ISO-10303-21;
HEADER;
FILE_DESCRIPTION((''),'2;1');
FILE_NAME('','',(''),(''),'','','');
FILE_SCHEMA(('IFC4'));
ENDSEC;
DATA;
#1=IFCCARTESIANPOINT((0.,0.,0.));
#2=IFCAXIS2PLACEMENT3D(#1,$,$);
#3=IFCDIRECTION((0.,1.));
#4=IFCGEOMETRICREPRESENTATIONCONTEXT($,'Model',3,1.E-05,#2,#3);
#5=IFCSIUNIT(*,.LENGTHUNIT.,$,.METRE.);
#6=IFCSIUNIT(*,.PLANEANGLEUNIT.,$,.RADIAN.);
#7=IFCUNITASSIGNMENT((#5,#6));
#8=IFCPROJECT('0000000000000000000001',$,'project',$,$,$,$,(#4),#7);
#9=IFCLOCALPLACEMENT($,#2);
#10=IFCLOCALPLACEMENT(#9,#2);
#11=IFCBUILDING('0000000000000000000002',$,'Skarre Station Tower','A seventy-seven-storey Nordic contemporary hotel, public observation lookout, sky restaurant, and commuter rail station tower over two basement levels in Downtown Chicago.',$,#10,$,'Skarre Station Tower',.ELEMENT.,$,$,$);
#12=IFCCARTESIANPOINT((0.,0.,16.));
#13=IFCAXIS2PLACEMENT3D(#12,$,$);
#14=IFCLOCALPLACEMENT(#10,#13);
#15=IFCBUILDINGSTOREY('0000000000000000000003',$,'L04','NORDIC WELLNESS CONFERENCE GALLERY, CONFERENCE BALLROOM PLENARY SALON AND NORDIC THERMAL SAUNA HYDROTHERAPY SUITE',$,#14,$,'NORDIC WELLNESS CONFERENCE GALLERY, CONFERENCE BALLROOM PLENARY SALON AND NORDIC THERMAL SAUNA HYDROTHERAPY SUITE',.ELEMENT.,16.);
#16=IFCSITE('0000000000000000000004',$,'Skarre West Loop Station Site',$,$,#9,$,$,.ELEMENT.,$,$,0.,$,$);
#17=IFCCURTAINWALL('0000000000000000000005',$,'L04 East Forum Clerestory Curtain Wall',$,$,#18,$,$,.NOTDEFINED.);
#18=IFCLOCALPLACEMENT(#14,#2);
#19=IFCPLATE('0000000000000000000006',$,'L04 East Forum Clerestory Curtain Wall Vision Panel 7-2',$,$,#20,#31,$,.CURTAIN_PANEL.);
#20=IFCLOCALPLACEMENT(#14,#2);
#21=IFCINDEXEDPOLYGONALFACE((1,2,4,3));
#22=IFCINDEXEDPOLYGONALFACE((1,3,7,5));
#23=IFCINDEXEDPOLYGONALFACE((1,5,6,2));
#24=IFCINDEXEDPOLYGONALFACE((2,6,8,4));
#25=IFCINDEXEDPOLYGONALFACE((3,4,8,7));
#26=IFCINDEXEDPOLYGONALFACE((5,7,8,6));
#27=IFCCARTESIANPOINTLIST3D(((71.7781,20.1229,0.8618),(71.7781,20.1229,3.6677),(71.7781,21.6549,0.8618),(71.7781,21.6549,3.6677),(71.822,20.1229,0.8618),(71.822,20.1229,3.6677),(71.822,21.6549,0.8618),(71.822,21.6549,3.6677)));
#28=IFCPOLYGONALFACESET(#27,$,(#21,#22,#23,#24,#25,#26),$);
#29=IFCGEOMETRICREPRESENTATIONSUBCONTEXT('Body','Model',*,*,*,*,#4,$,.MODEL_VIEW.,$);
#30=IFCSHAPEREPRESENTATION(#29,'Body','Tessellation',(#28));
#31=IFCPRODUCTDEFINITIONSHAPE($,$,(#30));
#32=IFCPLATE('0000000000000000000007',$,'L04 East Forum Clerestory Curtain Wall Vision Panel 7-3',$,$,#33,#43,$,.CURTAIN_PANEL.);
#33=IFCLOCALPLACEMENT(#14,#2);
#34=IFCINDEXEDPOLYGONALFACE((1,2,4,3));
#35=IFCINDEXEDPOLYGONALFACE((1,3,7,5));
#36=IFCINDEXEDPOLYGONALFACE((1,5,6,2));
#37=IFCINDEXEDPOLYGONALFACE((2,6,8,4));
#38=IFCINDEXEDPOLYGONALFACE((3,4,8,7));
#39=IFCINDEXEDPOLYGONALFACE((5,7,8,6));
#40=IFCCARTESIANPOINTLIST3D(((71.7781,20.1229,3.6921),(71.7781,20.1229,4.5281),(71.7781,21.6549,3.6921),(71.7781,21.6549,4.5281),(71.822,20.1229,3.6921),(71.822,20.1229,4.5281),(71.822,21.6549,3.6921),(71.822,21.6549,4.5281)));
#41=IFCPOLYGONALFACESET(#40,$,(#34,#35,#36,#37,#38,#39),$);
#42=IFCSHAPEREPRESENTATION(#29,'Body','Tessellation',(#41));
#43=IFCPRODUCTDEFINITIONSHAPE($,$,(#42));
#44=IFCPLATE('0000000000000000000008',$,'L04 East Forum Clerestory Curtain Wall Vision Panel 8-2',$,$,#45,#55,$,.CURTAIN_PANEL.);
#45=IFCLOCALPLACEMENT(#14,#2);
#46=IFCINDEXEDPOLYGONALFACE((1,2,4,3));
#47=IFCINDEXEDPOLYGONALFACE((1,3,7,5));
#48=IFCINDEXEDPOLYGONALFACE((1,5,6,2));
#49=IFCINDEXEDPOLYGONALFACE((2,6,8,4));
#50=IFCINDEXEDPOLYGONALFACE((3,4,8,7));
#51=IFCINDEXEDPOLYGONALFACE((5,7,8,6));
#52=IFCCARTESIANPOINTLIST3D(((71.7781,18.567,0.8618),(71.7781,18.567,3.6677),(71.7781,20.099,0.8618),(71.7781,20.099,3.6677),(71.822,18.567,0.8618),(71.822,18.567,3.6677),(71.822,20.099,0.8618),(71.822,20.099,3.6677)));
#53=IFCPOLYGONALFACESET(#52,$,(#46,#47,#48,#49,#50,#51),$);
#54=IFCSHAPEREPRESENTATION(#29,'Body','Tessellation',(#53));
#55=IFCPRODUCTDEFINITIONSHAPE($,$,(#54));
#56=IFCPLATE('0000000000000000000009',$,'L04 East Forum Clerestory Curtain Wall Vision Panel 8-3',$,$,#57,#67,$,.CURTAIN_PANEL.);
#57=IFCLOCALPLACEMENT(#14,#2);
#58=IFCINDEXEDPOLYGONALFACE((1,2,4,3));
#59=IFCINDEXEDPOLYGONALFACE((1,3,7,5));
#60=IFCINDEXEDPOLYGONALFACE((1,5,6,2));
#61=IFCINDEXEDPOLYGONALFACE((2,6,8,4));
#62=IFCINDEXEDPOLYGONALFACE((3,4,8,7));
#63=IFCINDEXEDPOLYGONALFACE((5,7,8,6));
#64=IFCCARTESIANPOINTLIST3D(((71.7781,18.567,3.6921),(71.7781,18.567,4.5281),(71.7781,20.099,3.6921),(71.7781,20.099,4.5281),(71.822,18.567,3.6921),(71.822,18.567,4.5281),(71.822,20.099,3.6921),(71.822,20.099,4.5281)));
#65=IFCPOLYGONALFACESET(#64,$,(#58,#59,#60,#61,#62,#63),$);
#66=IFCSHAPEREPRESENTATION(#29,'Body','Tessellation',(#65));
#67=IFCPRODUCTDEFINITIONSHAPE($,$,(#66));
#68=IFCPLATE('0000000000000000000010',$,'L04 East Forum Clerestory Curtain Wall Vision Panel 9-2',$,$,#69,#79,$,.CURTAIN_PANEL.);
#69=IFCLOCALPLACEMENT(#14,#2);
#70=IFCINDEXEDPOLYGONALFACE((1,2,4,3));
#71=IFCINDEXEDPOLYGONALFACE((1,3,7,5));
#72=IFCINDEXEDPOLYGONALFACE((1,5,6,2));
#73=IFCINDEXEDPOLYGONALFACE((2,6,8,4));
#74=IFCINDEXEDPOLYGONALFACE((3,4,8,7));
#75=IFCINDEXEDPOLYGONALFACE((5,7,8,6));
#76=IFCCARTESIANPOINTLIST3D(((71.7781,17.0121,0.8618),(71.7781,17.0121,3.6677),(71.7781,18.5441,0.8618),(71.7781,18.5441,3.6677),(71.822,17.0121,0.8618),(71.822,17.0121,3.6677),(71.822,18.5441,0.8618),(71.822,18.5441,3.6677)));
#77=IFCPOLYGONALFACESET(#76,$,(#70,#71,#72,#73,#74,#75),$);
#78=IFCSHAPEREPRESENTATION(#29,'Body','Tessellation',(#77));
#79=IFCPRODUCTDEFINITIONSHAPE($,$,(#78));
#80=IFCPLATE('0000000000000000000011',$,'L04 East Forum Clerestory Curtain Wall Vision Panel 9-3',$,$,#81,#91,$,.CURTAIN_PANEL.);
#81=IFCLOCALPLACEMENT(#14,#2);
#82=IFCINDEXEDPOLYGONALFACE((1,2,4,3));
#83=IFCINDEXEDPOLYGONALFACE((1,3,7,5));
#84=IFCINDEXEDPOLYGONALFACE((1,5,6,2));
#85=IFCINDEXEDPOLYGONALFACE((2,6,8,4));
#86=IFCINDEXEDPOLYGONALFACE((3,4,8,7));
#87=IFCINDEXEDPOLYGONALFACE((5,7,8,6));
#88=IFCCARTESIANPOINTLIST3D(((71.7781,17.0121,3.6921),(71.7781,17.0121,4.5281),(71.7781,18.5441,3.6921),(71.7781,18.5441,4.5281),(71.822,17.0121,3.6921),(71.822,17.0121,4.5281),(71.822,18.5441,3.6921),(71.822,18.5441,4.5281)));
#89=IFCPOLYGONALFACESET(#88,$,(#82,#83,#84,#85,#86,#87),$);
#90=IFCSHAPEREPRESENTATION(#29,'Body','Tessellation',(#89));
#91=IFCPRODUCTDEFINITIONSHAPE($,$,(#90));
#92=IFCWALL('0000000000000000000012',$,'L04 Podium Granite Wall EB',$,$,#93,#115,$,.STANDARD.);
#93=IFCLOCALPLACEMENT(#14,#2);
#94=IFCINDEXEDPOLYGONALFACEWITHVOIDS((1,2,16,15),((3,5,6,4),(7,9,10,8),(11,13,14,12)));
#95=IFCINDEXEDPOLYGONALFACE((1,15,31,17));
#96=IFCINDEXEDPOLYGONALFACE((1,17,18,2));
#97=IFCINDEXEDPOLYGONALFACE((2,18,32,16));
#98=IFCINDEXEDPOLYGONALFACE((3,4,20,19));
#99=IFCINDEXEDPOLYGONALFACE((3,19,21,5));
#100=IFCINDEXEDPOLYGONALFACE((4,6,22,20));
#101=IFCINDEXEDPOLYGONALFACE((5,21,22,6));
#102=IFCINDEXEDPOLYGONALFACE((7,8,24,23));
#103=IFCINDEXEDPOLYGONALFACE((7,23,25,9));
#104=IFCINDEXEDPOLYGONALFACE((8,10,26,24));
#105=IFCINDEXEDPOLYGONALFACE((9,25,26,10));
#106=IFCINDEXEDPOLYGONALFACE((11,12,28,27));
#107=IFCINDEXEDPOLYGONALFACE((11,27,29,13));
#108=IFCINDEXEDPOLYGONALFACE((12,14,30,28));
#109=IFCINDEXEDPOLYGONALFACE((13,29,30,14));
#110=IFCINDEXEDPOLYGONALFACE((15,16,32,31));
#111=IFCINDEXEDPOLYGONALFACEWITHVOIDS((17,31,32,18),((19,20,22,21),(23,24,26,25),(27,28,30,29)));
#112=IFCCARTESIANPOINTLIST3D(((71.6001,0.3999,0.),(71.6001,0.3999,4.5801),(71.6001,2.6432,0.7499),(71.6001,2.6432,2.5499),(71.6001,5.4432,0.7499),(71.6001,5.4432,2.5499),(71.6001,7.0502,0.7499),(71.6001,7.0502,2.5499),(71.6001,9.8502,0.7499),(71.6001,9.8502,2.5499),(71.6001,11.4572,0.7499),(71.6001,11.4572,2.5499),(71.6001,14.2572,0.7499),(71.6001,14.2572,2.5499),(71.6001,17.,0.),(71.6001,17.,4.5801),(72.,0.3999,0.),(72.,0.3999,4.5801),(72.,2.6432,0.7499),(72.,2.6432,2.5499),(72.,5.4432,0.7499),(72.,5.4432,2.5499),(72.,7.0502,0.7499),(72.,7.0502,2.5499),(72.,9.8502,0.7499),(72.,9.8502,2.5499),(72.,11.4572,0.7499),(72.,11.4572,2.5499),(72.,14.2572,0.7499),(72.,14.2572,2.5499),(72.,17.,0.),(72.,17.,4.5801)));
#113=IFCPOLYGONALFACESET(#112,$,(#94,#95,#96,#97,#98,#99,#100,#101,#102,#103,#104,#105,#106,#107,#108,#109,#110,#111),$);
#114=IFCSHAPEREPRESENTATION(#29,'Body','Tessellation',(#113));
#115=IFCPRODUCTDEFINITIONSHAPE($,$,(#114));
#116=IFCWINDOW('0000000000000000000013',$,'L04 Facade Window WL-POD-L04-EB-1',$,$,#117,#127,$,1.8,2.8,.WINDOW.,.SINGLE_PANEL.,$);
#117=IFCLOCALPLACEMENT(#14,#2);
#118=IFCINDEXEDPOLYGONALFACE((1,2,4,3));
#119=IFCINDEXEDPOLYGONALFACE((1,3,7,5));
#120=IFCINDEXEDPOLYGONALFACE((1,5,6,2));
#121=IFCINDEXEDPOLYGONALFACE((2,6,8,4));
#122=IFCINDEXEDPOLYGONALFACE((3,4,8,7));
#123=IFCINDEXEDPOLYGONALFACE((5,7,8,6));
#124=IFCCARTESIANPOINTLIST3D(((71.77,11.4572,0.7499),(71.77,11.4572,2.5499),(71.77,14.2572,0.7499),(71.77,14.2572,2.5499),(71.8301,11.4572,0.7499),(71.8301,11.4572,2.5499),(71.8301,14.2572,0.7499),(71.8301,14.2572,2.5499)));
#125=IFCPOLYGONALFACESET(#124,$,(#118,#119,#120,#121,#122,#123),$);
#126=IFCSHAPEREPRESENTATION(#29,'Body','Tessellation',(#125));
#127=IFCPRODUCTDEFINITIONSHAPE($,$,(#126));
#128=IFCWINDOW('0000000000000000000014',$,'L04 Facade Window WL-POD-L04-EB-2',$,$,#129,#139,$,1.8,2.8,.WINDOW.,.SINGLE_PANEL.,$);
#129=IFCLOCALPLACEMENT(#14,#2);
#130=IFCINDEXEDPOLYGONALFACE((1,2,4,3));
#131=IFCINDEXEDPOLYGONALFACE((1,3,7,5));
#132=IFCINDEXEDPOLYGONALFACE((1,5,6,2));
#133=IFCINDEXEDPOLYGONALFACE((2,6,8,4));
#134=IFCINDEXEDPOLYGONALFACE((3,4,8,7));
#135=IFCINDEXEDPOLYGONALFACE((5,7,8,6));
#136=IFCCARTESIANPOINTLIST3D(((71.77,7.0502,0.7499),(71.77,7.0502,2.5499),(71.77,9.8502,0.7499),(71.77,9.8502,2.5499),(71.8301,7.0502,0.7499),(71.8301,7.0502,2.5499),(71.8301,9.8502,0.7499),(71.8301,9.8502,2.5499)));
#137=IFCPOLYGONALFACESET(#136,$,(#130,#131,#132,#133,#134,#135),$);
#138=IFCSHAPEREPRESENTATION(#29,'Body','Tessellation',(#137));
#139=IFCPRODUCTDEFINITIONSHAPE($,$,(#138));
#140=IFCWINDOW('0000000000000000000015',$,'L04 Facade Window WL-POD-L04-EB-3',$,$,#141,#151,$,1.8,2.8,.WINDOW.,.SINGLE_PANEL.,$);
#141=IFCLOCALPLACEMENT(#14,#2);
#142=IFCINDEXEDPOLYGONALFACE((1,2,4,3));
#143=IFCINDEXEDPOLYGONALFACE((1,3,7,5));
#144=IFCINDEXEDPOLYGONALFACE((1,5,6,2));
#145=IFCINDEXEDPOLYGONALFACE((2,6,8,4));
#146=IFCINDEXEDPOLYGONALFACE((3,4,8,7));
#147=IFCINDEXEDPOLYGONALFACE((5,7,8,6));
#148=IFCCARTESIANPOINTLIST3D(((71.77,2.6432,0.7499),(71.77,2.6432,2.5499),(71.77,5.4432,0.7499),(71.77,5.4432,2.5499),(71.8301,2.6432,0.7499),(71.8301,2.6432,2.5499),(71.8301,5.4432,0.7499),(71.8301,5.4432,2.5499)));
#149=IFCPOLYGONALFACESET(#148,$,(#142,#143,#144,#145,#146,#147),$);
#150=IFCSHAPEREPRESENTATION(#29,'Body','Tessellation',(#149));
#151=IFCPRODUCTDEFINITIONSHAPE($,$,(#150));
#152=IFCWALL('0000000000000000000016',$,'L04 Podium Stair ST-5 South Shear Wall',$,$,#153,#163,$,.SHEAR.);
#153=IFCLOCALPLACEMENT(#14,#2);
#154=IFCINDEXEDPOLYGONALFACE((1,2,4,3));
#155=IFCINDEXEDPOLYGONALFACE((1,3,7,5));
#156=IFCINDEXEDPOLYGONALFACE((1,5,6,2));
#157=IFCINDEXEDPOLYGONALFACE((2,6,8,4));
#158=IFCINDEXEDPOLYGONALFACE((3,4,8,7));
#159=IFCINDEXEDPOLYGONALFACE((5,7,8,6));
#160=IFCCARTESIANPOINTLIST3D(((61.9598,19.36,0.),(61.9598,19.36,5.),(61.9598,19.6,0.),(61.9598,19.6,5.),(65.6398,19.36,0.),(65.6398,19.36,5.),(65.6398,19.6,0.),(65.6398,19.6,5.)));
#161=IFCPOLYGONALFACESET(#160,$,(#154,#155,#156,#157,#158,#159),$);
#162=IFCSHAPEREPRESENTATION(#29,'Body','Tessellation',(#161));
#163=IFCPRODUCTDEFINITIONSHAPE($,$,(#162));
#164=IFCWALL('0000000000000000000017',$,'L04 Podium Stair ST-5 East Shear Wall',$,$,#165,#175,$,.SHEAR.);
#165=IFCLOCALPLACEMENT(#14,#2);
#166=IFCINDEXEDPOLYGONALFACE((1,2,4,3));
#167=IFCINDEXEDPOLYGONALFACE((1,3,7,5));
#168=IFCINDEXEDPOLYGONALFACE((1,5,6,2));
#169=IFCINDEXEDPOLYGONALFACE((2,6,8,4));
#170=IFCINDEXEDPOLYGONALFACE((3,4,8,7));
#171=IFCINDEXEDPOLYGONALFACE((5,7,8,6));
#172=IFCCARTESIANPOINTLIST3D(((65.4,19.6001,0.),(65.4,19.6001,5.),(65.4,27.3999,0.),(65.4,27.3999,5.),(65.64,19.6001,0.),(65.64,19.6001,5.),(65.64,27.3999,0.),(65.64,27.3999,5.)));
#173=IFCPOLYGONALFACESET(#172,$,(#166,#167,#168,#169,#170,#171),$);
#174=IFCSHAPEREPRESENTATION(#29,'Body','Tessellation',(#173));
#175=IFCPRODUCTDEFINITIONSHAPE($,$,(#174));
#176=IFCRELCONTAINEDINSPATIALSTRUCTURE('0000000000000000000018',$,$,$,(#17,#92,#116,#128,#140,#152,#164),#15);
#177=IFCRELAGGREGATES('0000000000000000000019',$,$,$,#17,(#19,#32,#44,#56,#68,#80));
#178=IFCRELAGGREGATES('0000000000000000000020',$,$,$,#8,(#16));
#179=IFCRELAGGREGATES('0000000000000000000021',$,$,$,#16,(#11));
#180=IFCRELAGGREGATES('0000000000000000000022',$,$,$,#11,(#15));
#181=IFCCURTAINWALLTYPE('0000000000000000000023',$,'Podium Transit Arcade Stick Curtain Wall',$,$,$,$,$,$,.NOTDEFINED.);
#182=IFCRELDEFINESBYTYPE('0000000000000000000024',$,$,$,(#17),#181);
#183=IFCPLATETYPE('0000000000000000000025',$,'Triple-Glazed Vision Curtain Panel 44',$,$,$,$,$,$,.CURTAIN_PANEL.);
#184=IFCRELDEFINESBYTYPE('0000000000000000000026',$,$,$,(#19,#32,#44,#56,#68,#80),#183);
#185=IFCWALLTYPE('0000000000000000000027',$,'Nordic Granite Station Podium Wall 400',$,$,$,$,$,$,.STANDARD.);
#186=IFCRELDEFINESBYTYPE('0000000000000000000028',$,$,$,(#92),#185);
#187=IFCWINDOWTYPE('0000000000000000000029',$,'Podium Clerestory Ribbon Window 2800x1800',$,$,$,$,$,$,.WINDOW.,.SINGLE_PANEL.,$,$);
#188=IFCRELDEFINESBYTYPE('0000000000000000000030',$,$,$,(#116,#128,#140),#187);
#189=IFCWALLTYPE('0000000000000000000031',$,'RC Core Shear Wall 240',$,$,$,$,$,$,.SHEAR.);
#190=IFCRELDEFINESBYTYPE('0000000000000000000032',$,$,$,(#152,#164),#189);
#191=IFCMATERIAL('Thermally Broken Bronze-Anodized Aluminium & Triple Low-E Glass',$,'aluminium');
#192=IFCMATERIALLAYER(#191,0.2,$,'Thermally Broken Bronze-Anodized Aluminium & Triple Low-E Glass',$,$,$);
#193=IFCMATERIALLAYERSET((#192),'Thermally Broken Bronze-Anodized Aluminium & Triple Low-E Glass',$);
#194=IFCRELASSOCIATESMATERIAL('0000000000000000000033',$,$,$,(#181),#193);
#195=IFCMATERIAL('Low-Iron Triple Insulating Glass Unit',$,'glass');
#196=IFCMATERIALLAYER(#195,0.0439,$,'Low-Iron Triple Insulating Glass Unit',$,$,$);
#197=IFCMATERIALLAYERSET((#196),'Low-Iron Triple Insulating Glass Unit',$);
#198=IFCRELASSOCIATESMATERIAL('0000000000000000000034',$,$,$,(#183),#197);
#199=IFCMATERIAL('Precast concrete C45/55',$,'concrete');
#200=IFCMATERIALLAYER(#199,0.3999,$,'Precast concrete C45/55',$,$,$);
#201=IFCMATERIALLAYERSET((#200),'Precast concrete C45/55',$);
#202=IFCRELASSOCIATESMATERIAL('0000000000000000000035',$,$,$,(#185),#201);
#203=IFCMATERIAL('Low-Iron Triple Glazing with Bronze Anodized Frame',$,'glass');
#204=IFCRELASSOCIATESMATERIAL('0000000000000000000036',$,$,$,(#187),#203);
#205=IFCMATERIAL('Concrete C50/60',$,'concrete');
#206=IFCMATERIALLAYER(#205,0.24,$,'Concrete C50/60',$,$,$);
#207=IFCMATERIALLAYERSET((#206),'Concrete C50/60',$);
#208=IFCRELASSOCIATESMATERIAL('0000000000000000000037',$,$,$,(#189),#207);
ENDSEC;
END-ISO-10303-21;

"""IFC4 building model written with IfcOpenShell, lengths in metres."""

from ifc_helpers import new_model, si_unit, direction, frame, frame_2d, origin, origin_2d, place, context, subcontext, project, spatial, rectangle, extrude, material, layer, layer_set, type_object, element, fill, aggregate, save


model = new_model("IFC4")

# Units and contexts
model_context = context("Model", 3, precision=1e-05, world=origin(), true_north=direction((0.0, 1.0)))
body_context = subcontext(model_context, "Body", "Model", "MODEL_VIEW")
ifc_project = project(units=[si_unit("LENGTHUNIT", "METRE"), si_unit("PLANEANGLEUNIT", "RADIAN")], contexts=[model_context])

# Site, building, storey
site_placement = place(None, origin())
site = spatial("IfcSite", under=ifc_project, at=site_placement, Name="Skarre West Loop Station Site", CompositionType="ELEMENT", RefElevation=0.0)
building_placement = place(site_placement, origin())
building = spatial("IfcBuilding", under=site, at=building_placement, Name="Skarre Station Tower", Description="A seventy-seven-storey Nordic contemporary hotel, public observation lookout, sky restaurant, and commuter rail station tower over two basement levels in Downtown Chicago.", LongName="Skarre Station Tower", CompositionType="ELEMENT")
storey_placement = place(building_placement, frame((0.0, 0.0, 16.0)))
storey = spatial("IfcBuildingStorey", under=building, at=storey_placement, Name="L04", Description="NORDIC WELLNESS CONFERENCE GALLERY, CONFERENCE BALLROOM PLENARY SALON AND NORDIC THERMAL SAUNA HYDROTHERAPY SUITE", LongName="NORDIC WELLNESS CONFERENCE GALLERY, CONFERENCE BALLROOM PLENARY SALON AND NORDIC THERMAL SAUNA HYDROTHERAPY SUITE", CompositionType="ELEMENT", Elevation=16.0)

# Curtain wall
ifc_material_1 = material(Name="Thermally Broken Bronze-Anodized Aluminium & Triple Low-E Glass", Category="aluminium")
ifc_layer_1 = layer(ifc_material_1, 0.2, Name="Thermally Broken Bronze-Anodized Aluminium & Triple Low-E Glass")
ifc_layer_set_1 = layer_set([ifc_layer_1], Name="Thermally Broken Bronze-Anodized Aluminium & Triple Low-E Glass")
curtain_wall_type = type_object("IfcCurtainWallType", Name="Podium Transit Arcade Stick Curtain Wall", PredefinedType="NOTDEFINED", material=ifc_layer_set_1)
curtain_wall_placement = place(storey_placement, origin())
curtain_wall = element("IfcCurtainWall", 1, at=curtain_wall_placement, inside=storey, type_object=curtain_wall_type, Name="L04 East Forum Clerestory Curtain Wall", PredefinedType="NOTDEFINED")

# Plates
ifc_material_2 = material(Name="Low-Iron Triple Insulating Glass Unit", Category="glass")
ifc_layer_2 = layer(ifc_material_2, 0.0439, Name="Low-Iron Triple Insulating Glass Unit")
ifc_layer_set_2 = layer_set([ifc_layer_2], Name="Low-Iron Triple Insulating Glass Unit")
plate_type_1 = type_object("IfcPlateType", Name="Triple-Glazed Vision Curtain Panel 44", PredefinedType="CURTAIN_PANEL", material=ifc_layer_set_2)
plate_1_placement = place(storey_placement, frame((71.8, 20.8889, 0.8618), z_axis=(0.0, 0.0, 1.0), x_axis=(0.0, -1.0, 0.0)))
plate_1 = element("IfcPlate", 2, at=plate_1_placement, type_object=plate_type_1, Name="L04 East Forum Clerestory Curtain Wall Vision Panel 7-2", PredefinedType="CURTAIN_PANEL", context=body_context, shape_type="SweptSolid", body=[
    extrude(rectangle(XDim=1.532, YDim=0.0439, at=origin_2d()), origin(), (0.0, 0.0, 1.0), 2.8059),
])
plate_2_placement = place(storey_placement, frame((71.8, 20.8889, 3.6921), z_axis=(0.0, 0.0, 1.0), x_axis=(0.0, -1.0, 0.0)))
plate_2 = element("IfcPlate", 3, at=plate_2_placement, type_object=plate_type_1, Name="L04 East Forum Clerestory Curtain Wall Vision Panel 7-3", PredefinedType="CURTAIN_PANEL", context=body_context, shape_type="SweptSolid", body=[
    extrude(rectangle(XDim=1.532, YDim=0.0439, at=origin_2d()), origin(), (0.0, 0.0, 1.0), 0.8359),
])
plate_3_placement = place(storey_placement, frame((71.8, 19.333, 0.8618), z_axis=(0.0, 0.0, 1.0), x_axis=(0.0, -1.0, 0.0)))
plate_3 = element("IfcPlate", 4, at=plate_3_placement, type_object=plate_type_1, Name="L04 East Forum Clerestory Curtain Wall Vision Panel 8-2", PredefinedType="CURTAIN_PANEL", context=body_context, shape_type="SweptSolid", body=[
    extrude(rectangle(XDim=1.532, YDim=0.0439, at=origin_2d()), origin(), (0.0, 0.0, 1.0), 2.8059),
])
plate_4_placement = place(storey_placement, frame((71.8, 19.333, 3.6921), z_axis=(0.0, 0.0, 1.0), x_axis=(0.0, -1.0, 0.0)))
plate_4 = element("IfcPlate", 5, at=plate_4_placement, type_object=plate_type_1, Name="L04 East Forum Clerestory Curtain Wall Vision Panel 8-3", PredefinedType="CURTAIN_PANEL", context=body_context, shape_type="SweptSolid", body=[
    extrude(rectangle(XDim=1.532, YDim=0.0439, at=origin_2d()), origin(), (0.0, 0.0, 1.0), 0.8359),
])
plate_5_placement = place(storey_placement, frame((71.8, 17.7781, 0.8618), z_axis=(0.0, 0.0, 1.0), x_axis=(0.0, -1.0, 0.0)))
plate_5 = element("IfcPlate", 6, at=plate_5_placement, type_object=plate_type_1, Name="L04 East Forum Clerestory Curtain Wall Vision Panel 9-2", PredefinedType="CURTAIN_PANEL", context=body_context, shape_type="SweptSolid", body=[
    extrude(rectangle(XDim=1.532, YDim=0.0439, at=origin_2d()), origin(), (0.0, 0.0, 1.0), 2.8059),
])
plate_6_placement = place(storey_placement, frame((71.8, 17.7781, 3.6921), z_axis=(0.0, 0.0, 1.0), x_axis=(0.0, -1.0, 0.0)))
plate_6 = element("IfcPlate", 7, at=plate_6_placement, type_object=plate_type_1, Name="L04 East Forum Clerestory Curtain Wall Vision Panel 9-3", PredefinedType="CURTAIN_PANEL", context=body_context, shape_type="SweptSolid", body=[
    extrude(rectangle(XDim=1.532, YDim=0.0439, at=origin_2d()), origin(), (0.0, 0.0, 1.0), 0.8359),
])
aggregate(curtain_wall, [plate_1, plate_2, plate_3, plate_4, plate_5, plate_6])

# Wall, openings, windows
ifc_material_3 = material(Name="Precast concrete C45/55", Category="concrete")
ifc_layer_3 = layer(ifc_material_3, 0.3999, Name="Precast concrete C45/55")
ifc_layer_set_3 = layer_set([ifc_layer_3], Name="Precast concrete C45/55")
wall_type_1 = type_object("IfcWallType", Name="Nordic Granite Station Podium Wall 400", PredefinedType="STANDARD", material=ifc_layer_set_3)
wall_1_placement = place(storey_placement, frame((71.8, 17.0, 0.0), z_axis=(0.0, 0.0, 1.0), x_axis=(0.0, -1.0, 0.0)))
wall_1 = element("IfcWall", 8, at=wall_1_placement, inside=storey, type_object=wall_type_1, Name="L04 Podium Granite Wall EB", PredefinedType="STANDARD", context=body_context, shape_type="SweptSolid", body=[
    extrude(rectangle(XDim=16.6001, YDim=0.3999, at=frame_2d((8.3, 0.0))), origin(), (0.0, 0.0, 1.0), 4.5801),
])
opening_1_placement = place(wall_1_placement, frame((2.7429, 0.0, 0.75)))
opening_1 = element("IfcOpeningElement", 9, at=opening_1_placement, cuts=wall_1, PredefinedType="OPENING", context=body_context, shape_type="SweptSolid", body=[
    extrude(rectangle(XDim=2.8, YDim=1.8, at=frame_2d((1.3999, 0.8999))), frame((0.0, 0.21, 0.0), z_axis=(0.0, -1.0, 0.0), x_axis=(1.0, 0.0, 0.0)), (0.0, 0.0, 1.0), 0.4199),
])
opening_2_placement = place(wall_1_placement, frame((7.1499, 0.0, 0.75)))
opening_2 = element("IfcOpeningElement", 10, at=opening_2_placement, cuts=wall_1, PredefinedType="OPENING", context=body_context, shape_type="SweptSolid", body=[
    extrude(rectangle(XDim=2.8, YDim=1.8, at=frame_2d((1.3999, 0.8999))), frame((0.0, 0.21, 0.0), z_axis=(0.0, -1.0, 0.0), x_axis=(1.0, 0.0, 0.0)), (0.0, 0.0, 1.0), 0.4199),
])
opening_3_placement = place(wall_1_placement, frame((11.5569, 0.0, 0.75)))
opening_3 = element("IfcOpeningElement", 11, at=opening_3_placement, cuts=wall_1, PredefinedType="OPENING", context=body_context, shape_type="SweptSolid", body=[
    extrude(rectangle(XDim=2.8, YDim=1.8, at=frame_2d((1.3999, 0.8999))), frame((0.0, 0.21, 0.0), z_axis=(0.0, -1.0, 0.0), x_axis=(1.0, 0.0, 0.0)), (0.0, 0.0, 1.0), 0.4199),
])
ifc_material_4 = material(Name="Low-Iron Triple Glazing with Bronze Anodized Frame", Category="glass")
window_type = type_object("IfcWindowType", Name="Podium Clerestory Ribbon Window 2800x1800", PartitioningType="SINGLE_PANEL", PredefinedType="WINDOW", material=ifc_material_4)
window_1_placement = place(opening_1_placement, origin())
window_1 = element("IfcWindow", 12, at=window_1_placement, inside=storey, type_object=window_type, Name="L04 Facade Window WL-POD-L04-EB-1", OverallHeight=1.8, OverallWidth=2.8, PartitioningType="SINGLE_PANEL", PredefinedType="WINDOW", context=body_context, shape_type="SweptSolid", body=[
    extrude(rectangle(XDim=2.8, YDim=1.8, at=frame_2d((1.3999, 0.8999))), frame((0.0, 0.03, 0.0), z_axis=(0.0, -1.0, 0.0), x_axis=(1.0, 0.0, 0.0)), (0.0, 0.0, 1.0), 0.0601),
])
fill(opening_1, window_1)
window_2_placement = place(opening_2_placement, origin())
window_2 = element("IfcWindow", 13, at=window_2_placement, inside=storey, type_object=window_type, Name="L04 Facade Window WL-POD-L04-EB-2", OverallHeight=1.8, OverallWidth=2.8, PartitioningType="SINGLE_PANEL", PredefinedType="WINDOW", context=body_context, shape_type="SweptSolid", body=[
    extrude(rectangle(XDim=2.8, YDim=1.8, at=frame_2d((1.3999, 0.8999))), frame((0.0, 0.03, 0.0), z_axis=(0.0, -1.0, 0.0), x_axis=(1.0, 0.0, 0.0)), (0.0, 0.0, 1.0), 0.0601),
])
fill(opening_2, window_2)
window_3_placement = place(opening_3_placement, origin())
window_3 = element("IfcWindow", 14, at=window_3_placement, inside=storey, type_object=window_type, Name="L04 Facade Window WL-POD-L04-EB-3", OverallHeight=1.8, OverallWidth=2.8, PartitioningType="SINGLE_PANEL", PredefinedType="WINDOW", context=body_context, shape_type="SweptSolid", body=[
    extrude(rectangle(XDim=2.8, YDim=1.8, at=frame_2d((1.3999, 0.8999))), frame((0.0, 0.03, 0.0), z_axis=(0.0, -1.0, 0.0), x_axis=(1.0, 0.0, 0.0)), (0.0, 0.0, 1.0), 0.0601),
])
fill(opening_3, window_3)

# Walls
ifc_material_5 = material(Name="Concrete C50/60", Category="concrete")
ifc_layer_4 = layer(ifc_material_5, 0.24, Name="Concrete C50/60")
ifc_layer_set_4 = layer_set([ifc_layer_4], Name="Concrete C50/60")
wall_type_2 = type_object("IfcWallType", Name="RC Core Shear Wall 240", PredefinedType="SHEAR", material=ifc_layer_set_4)
wall_2_placement = place(storey_placement, frame((61.96, 19.48, 0.0), z_axis=(0.0, 0.0, 1.0), x_axis=(1.0, 0.0, 0.0)))
element("IfcWall", 15, at=wall_2_placement, inside=storey, type_object=wall_type_2, Name="L04 Podium Stair ST-5 South Shear Wall", PredefinedType="SHEAR", context=body_context, shape_type="SweptSolid", body=[
    extrude(rectangle(XDim=3.6799, YDim=0.24, at=frame_2d((1.8398, 0.0))), origin(), (0.0, 0.0, 1.0), 5.0),
])
wall_3_placement = place(storey_placement, frame((65.52, 19.6001, 0.0), z_axis=(0.0, 0.0, 1.0), x_axis=(0.0, 1.0, 0.0)))
element("IfcWall", 16, at=wall_3_placement, inside=storey, type_object=wall_type_2, Name="L04 Podium Stair ST-5 East Shear Wall", PredefinedType="SHEAR", context=body_context, shape_type="SweptSolid", body=[
    extrude(rectangle(XDim=7.7998, YDim=0.24, at=frame_2d((3.8999, 0.0))), origin(), (0.0, 0.0, 1.0), 5.0),
])

save(model, "model.ifc")
